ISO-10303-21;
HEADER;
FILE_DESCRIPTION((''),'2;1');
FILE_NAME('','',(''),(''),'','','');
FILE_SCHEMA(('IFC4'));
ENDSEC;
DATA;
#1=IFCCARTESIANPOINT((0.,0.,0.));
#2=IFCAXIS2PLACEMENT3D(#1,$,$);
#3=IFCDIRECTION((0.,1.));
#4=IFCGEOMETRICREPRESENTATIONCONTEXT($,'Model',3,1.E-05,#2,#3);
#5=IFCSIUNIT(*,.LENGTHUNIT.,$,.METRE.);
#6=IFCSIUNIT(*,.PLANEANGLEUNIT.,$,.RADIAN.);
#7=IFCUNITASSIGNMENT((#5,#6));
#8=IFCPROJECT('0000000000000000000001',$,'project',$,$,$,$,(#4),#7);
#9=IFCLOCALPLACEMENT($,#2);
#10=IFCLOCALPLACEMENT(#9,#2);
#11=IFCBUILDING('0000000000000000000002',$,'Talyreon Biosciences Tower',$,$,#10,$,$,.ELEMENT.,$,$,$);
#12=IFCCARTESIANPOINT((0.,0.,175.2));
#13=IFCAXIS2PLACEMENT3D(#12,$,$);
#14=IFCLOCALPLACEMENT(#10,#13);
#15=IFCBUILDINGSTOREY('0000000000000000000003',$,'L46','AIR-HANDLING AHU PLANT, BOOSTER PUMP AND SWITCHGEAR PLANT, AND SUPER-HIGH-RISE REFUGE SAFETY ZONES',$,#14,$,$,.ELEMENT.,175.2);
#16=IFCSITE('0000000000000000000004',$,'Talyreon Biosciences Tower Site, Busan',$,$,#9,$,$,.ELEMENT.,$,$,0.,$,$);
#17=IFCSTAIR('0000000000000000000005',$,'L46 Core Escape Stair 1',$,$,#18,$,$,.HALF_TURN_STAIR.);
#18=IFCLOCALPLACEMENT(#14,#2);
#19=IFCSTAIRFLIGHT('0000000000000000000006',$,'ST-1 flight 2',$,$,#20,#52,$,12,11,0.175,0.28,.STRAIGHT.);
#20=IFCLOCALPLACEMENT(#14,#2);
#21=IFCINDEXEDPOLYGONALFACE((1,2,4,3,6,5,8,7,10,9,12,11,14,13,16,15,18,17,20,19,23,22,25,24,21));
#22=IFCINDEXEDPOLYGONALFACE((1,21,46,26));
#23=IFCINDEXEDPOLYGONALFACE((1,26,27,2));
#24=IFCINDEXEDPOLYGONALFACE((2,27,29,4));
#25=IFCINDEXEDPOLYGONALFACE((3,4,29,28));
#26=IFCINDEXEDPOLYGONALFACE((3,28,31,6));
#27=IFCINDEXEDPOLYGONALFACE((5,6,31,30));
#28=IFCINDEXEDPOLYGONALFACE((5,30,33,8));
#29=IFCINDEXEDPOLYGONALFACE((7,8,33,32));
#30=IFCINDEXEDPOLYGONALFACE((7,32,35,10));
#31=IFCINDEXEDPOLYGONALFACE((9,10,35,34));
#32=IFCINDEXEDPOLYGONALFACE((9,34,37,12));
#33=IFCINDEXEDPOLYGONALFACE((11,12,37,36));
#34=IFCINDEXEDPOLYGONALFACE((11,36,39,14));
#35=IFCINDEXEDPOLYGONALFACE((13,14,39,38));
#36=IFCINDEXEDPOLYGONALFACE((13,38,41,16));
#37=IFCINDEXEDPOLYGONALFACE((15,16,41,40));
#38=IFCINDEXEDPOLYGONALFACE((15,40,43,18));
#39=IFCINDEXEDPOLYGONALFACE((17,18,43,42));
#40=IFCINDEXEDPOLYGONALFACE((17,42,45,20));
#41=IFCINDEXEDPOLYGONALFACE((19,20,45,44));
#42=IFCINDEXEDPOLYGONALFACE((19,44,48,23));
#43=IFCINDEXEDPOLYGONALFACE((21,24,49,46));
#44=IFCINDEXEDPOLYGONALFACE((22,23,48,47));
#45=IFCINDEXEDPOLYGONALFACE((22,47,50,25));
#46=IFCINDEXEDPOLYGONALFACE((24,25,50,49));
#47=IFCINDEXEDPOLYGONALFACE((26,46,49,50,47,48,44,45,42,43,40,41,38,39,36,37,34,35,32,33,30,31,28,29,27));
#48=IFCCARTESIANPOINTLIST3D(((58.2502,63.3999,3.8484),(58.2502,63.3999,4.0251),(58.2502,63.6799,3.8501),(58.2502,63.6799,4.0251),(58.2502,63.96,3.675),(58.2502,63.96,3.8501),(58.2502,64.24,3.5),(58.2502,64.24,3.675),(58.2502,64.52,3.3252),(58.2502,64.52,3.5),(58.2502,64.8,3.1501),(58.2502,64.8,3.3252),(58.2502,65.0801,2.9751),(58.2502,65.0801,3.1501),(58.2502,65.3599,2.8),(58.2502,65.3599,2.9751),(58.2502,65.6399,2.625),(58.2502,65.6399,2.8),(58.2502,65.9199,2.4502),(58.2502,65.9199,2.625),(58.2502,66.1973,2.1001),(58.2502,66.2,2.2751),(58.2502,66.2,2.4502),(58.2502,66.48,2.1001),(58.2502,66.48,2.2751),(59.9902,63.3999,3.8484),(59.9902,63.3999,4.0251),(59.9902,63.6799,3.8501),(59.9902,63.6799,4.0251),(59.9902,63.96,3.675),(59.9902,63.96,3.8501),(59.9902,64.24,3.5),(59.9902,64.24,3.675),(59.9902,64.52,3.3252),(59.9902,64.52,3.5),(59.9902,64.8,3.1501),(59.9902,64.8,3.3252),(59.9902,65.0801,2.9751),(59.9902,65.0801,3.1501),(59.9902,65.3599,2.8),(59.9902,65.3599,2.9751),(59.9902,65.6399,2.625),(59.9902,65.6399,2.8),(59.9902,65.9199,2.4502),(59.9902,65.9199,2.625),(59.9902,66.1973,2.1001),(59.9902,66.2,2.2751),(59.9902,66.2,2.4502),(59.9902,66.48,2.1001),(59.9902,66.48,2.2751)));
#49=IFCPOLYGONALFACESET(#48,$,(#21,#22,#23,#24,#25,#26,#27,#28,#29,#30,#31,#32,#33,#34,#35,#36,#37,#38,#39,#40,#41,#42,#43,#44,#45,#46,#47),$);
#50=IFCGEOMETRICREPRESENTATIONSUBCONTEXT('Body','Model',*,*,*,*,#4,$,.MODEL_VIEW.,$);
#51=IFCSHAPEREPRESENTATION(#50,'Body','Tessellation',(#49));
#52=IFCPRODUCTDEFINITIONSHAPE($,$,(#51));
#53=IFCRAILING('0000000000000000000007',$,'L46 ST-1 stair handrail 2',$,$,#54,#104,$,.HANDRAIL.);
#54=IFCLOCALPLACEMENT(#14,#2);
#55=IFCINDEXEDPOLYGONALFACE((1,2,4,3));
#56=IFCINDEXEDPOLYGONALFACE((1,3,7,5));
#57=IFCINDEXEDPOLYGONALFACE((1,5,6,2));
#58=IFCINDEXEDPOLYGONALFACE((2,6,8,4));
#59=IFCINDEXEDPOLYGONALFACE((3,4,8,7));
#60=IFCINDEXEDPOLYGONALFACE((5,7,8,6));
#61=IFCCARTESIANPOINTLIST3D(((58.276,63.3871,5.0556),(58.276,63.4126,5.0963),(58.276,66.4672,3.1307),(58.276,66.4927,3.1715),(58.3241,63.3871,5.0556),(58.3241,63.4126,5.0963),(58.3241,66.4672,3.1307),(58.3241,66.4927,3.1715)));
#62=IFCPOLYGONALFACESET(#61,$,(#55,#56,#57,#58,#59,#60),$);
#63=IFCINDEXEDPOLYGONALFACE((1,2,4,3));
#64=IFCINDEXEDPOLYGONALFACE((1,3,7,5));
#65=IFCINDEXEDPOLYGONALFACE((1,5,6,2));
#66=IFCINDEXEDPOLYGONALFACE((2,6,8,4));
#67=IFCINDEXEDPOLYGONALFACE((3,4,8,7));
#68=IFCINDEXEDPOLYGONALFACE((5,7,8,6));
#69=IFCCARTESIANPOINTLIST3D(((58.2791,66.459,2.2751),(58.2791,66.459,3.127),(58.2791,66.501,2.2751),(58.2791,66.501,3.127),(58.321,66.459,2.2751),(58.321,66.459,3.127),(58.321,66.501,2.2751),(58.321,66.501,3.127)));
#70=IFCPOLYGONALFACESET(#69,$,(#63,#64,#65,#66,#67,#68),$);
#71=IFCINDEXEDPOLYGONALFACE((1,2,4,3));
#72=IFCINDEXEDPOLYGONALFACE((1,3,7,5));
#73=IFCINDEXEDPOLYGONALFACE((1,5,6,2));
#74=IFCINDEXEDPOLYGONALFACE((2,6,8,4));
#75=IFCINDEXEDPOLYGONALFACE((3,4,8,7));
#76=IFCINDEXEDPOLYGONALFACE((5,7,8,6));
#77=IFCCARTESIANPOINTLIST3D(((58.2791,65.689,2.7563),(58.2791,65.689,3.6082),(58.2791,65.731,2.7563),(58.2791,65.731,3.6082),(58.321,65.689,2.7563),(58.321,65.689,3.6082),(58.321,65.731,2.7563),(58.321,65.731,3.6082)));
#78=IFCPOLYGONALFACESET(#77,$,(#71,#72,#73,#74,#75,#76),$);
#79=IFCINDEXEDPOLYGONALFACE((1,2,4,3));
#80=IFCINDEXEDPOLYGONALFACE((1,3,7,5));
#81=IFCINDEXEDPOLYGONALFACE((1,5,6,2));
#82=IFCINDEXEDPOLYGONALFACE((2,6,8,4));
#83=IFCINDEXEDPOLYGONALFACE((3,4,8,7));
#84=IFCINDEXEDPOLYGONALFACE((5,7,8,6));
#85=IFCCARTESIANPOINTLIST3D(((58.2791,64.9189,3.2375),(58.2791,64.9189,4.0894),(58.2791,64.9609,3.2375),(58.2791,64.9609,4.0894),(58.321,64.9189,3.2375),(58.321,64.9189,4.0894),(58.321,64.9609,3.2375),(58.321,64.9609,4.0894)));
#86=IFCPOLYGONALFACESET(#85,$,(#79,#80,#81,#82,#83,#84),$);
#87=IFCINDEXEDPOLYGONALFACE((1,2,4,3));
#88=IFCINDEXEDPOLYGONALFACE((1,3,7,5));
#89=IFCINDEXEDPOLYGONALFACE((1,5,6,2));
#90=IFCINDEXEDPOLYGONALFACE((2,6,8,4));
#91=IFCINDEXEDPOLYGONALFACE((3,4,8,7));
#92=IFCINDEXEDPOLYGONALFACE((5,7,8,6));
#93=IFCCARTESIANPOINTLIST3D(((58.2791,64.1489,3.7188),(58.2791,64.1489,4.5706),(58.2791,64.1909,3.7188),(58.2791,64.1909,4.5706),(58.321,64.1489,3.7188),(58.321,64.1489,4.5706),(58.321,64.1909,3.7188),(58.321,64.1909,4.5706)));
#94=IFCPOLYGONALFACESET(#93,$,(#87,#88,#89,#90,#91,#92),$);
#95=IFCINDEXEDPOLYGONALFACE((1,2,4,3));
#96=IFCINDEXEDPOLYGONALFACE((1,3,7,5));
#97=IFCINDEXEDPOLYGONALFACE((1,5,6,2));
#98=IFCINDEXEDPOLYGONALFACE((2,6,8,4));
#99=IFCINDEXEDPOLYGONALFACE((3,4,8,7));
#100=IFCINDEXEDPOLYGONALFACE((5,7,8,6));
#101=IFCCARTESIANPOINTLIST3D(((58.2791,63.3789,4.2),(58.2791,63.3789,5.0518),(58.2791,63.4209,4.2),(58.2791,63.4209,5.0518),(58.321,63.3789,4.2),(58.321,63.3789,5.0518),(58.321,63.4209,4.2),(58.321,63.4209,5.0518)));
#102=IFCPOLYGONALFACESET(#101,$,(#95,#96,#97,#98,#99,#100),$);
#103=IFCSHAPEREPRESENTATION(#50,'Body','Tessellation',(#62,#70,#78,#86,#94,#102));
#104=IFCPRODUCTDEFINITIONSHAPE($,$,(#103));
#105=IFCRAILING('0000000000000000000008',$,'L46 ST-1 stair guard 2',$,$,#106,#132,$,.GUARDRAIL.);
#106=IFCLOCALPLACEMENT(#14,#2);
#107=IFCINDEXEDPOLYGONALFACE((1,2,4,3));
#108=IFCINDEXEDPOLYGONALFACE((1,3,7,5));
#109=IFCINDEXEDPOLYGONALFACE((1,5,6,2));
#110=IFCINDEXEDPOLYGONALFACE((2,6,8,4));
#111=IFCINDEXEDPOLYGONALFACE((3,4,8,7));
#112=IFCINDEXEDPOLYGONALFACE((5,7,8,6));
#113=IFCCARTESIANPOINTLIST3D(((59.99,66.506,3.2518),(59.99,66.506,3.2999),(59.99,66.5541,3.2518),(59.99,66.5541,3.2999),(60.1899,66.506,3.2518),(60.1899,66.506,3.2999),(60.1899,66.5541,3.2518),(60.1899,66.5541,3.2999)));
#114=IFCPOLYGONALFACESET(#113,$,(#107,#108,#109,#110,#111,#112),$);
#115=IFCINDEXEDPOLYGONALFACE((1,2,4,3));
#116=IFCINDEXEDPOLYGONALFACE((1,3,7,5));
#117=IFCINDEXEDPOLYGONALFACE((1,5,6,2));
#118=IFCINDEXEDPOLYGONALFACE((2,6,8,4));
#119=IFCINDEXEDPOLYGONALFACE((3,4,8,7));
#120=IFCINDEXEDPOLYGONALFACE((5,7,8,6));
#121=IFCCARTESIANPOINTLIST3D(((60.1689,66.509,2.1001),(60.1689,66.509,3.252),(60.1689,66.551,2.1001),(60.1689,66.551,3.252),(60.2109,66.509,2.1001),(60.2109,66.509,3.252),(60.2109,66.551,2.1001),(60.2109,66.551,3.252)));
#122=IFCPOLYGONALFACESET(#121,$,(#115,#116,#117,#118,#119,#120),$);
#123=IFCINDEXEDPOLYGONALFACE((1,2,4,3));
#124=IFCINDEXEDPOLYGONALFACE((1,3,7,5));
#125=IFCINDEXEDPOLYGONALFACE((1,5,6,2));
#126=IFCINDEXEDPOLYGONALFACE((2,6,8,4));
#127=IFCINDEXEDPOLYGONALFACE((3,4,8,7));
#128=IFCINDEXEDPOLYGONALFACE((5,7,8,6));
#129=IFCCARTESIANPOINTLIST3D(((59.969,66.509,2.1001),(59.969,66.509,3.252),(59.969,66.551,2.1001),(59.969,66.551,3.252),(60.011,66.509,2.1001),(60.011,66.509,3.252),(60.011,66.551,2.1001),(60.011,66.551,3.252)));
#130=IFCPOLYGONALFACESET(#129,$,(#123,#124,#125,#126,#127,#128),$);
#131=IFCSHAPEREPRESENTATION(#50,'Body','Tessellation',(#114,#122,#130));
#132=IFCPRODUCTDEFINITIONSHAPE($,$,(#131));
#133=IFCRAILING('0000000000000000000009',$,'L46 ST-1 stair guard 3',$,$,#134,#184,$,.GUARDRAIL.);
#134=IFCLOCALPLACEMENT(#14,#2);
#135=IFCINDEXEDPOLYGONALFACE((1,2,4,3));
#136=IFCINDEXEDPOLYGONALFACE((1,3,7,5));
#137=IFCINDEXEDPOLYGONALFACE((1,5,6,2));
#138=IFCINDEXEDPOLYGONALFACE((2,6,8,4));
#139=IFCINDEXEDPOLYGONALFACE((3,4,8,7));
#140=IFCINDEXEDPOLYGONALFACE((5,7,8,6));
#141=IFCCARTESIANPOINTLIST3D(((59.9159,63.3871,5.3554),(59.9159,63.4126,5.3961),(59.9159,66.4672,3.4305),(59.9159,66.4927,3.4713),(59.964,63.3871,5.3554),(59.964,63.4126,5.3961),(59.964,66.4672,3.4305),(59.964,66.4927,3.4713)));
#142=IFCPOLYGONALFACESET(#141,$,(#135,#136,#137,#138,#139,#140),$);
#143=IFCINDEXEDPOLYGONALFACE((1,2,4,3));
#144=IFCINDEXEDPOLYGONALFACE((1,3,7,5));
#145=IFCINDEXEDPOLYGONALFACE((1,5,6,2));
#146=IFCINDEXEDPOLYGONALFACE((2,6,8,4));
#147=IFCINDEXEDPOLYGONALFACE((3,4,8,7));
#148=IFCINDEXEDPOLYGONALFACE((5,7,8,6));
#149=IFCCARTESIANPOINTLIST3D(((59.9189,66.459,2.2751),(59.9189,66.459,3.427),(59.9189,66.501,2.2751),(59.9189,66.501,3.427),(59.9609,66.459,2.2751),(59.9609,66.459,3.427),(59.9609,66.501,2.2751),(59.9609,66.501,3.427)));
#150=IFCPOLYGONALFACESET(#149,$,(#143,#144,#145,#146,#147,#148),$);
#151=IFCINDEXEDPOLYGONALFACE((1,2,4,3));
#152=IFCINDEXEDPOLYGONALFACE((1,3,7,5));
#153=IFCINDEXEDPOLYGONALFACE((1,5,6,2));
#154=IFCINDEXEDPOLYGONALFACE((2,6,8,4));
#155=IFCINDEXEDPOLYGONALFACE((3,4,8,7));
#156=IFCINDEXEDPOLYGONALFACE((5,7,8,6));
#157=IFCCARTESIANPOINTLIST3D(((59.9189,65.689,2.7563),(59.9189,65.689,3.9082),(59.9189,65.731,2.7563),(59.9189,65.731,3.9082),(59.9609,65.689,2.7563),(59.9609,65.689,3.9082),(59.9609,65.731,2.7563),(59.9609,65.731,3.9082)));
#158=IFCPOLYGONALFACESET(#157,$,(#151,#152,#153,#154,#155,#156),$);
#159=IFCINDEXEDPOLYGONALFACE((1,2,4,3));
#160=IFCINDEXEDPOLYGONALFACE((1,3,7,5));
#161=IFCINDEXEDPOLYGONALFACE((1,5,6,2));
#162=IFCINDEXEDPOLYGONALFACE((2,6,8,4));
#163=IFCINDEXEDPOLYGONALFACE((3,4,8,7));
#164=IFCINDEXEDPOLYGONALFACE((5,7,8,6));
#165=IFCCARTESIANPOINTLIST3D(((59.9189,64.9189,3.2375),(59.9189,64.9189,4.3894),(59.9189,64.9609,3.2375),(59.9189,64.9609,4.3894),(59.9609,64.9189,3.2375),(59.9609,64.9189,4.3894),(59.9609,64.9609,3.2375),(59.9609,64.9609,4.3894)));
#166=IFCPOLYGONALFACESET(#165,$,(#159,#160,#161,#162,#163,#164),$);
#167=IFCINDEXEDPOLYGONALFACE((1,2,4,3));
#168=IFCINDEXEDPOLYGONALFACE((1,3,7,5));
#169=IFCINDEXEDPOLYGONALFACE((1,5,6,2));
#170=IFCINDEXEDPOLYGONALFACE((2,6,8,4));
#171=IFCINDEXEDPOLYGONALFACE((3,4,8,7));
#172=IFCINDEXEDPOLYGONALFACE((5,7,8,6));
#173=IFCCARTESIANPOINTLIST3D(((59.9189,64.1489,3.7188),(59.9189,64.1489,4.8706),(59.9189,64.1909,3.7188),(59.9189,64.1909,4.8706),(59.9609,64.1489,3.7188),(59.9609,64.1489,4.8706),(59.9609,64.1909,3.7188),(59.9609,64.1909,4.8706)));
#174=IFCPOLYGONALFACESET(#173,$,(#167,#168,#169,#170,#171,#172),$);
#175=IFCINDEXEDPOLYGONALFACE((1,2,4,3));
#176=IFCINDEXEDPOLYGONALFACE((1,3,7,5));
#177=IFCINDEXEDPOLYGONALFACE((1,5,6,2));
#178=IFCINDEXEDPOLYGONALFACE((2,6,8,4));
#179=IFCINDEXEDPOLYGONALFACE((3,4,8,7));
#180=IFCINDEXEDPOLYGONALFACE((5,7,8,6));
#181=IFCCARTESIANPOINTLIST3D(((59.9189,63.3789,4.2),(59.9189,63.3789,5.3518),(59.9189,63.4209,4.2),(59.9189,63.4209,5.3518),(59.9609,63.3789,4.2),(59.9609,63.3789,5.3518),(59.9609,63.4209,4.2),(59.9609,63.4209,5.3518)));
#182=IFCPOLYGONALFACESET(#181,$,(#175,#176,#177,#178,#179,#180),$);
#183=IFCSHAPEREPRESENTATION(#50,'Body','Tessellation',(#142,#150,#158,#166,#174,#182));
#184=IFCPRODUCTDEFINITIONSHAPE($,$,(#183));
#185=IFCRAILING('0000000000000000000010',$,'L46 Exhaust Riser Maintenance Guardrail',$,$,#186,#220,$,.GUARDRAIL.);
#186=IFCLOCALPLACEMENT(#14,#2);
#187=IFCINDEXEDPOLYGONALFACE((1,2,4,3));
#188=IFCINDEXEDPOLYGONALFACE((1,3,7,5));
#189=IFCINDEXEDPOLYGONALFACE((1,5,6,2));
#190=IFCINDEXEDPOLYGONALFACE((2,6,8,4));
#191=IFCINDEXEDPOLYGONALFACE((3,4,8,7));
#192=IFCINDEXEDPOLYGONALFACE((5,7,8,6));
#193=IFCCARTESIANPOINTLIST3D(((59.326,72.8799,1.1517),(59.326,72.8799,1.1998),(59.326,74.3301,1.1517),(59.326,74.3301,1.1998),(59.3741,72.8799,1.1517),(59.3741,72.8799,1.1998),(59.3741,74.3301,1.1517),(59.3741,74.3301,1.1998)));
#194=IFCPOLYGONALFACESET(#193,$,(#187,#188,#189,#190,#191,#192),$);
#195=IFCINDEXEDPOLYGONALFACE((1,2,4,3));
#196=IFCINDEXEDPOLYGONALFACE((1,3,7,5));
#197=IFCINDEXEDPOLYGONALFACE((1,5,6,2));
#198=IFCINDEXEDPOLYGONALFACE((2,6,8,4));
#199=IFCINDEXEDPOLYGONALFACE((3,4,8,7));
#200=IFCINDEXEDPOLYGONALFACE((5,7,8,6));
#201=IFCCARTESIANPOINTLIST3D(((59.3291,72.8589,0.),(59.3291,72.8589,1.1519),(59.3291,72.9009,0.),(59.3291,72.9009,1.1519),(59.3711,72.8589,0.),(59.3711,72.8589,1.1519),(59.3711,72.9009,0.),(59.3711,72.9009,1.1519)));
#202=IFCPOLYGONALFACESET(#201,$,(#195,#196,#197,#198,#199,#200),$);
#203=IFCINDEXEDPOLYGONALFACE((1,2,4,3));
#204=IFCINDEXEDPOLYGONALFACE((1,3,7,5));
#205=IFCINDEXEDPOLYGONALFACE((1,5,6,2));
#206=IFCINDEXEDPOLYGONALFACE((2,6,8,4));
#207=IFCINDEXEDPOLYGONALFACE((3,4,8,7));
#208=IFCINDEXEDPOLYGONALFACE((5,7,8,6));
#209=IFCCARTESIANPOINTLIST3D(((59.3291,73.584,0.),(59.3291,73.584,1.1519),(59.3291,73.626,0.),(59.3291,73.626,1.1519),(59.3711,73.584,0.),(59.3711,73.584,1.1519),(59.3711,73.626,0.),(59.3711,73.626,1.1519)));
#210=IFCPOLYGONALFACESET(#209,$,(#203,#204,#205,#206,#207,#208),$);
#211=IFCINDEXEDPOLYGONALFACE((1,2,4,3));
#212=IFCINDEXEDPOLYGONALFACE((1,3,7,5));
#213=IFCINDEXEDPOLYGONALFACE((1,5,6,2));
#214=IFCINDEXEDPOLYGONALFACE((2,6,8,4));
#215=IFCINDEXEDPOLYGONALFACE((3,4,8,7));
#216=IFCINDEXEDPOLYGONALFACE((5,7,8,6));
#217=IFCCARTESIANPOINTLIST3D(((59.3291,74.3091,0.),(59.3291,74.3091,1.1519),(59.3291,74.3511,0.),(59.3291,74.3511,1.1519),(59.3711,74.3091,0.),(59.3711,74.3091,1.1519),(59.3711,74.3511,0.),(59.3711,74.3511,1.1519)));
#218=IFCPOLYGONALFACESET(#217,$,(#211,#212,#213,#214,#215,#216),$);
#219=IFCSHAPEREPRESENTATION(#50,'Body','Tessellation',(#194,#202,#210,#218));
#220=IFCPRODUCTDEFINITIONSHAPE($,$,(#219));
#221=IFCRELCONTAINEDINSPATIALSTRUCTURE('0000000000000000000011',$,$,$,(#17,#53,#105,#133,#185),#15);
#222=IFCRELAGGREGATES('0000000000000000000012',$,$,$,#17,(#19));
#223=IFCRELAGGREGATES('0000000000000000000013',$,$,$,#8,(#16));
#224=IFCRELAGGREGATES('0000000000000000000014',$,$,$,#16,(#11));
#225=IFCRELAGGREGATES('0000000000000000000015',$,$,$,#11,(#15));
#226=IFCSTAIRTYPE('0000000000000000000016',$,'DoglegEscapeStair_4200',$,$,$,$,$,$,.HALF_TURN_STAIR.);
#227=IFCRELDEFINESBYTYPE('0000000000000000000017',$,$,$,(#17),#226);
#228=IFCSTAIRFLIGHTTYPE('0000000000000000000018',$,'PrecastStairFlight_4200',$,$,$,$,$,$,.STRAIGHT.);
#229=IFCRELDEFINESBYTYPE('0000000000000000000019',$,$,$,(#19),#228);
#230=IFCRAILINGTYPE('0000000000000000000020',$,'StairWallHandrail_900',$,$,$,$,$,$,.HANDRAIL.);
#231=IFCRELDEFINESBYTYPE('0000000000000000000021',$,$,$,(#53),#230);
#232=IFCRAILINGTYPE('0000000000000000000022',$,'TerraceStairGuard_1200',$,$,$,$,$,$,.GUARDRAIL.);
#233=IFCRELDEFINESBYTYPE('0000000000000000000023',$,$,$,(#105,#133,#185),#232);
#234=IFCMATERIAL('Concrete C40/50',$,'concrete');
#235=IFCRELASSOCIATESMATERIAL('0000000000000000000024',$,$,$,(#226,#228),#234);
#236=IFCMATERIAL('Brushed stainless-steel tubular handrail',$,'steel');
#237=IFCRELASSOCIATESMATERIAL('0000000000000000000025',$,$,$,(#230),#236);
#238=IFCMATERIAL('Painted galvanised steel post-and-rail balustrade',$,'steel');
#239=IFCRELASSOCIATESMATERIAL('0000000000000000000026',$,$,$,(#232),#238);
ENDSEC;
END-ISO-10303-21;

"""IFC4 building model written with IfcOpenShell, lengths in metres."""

from ifc_helpers import new_model, si_unit, direction, frame, origin, origin_2d, place, context, subcontext, project, spatial, polyline, rectangle, outline, extrude, material, type_object, element, aggregate, save


model = new_model("IFC4")

# Units and contexts
model_context = context("Model", 3, precision=1e-05, world=origin(), true_north=direction((0.0, 1.0)))
body_context = subcontext(model_context, "Body", "Model", "MODEL_VIEW")
ifc_project = project(units=[si_unit("LENGTHUNIT", "METRE"), si_unit("PLANEANGLEUNIT", "RADIAN")], contexts=[model_context])

# Site, building, storey
site_placement = place(None, origin())
site = spatial("IfcSite", under=ifc_project, at=site_placement, Name="Talyreon Biosciences Tower Site, Busan", CompositionType="ELEMENT", RefElevation=0.0)
building_placement = place(site_placement, origin())
building = spatial("IfcBuilding", under=site, at=building_placement, Name="Talyreon Biosciences Tower", CompositionType="ELEMENT")
storey_placement = place(building_placement, frame((0.0, 0.0, 175.2)))
storey = spatial("IfcBuildingStorey", under=building, at=storey_placement, Name="L46", Description="AIR-HANDLING AHU PLANT, BOOSTER PUMP AND SWITCHGEAR PLANT, AND SUPER-HIGH-RISE REFUGE SAFETY ZONES", CompositionType="ELEMENT", Elevation=175.2)

# Stair, stair flight
ifc_material_1 = material(Name="Concrete C40/50", Category="concrete")
stair_type = type_object("IfcStairType", Name="DoglegEscapeStair_4200", PredefinedType="HALF_TURN_STAIR", material=ifc_material_1)
stair_placement = place(storey_placement, origin())
stair = element("IfcStair", 1, at=stair_placement, inside=storey, type_object=stair_type, Name="L46 Core Escape Stair 1", PredefinedType="HALF_TURN_STAIR")
stair_flight_type = type_object("IfcStairFlightType", Name="PrecastStairFlight_4200", PredefinedType="STRAIGHT", material=ifc_material_1)
stair_flight_placement = place(storey_placement, frame((59.1201, 66.48, 2.1001), z_axis=(0.0, 0.0, 1.0), x_axis=(0.0, -1.0, 0.0)))
stair_flight = element("IfcStairFlight", 2, at=stair_flight_placement, type_object=stair_flight_type, Name="ST-1 flight 2", NumberOfRisers=12, NumberOfTreads=11, PredefinedType="STRAIGHT", RiserHeight=0.175, TreadLength=0.28, context=body_context, shape_type="SweptSolid", body=[
    extrude(outline(polyline([(0.0, 0.0), (0.0, 0.175), (0.28, 0.175), (0.28, 0.3501), (0.5601, 0.3501), (0.5601, 0.5249), (0.8401, 0.5249), (0.8401, 0.7), (1.1201, 0.7), (1.1201, 0.875), (1.3999, 0.875), (1.3999, 1.05), (1.6799, 1.05), (1.6799, 1.2251), (1.96, 1.2251), (1.96, 1.3999), (2.24, 1.3999), (2.24, 1.575), (2.52, 1.575), (2.52, 1.75), (2.8, 1.75), (2.8, 1.925), (3.0801, 1.925), (3.0801, 2.1001), (3.0801, 1.7483), (0.2827, 0.0), (0.0, 0.0)])), frame((0.0, 0.8701, 0.0), z_axis=(0.0, -1.0, 0.0), x_axis=(1.0, 0.0, 0.0)), (0.0, 0.0, 1.0), 1.74),
])
aggregate(stair, [stair_flight])

# Railings
ifc_material_2 = material(Name="Brushed stainless-steel tubular handrail", Category="steel")
railing_type_1 = type_object("IfcRailingType", Name="StairWallHandrail_900", PredefinedType="HANDRAIL", material=ifc_material_2)
railing_1_placement = place(storey_placement, frame((58.3, 66.48, 2.2751)))
element("IfcRailing", 3, at=railing_1_placement, inside=storey, type_object=railing_type_1, Name="L46 ST-1 stair handrail 2", PredefinedType="HANDRAIL", context=body_context, shape_type="SweptSolid", body=[
    extrude(rectangle(XDim=0.0481, YDim=0.0481, at=origin_2d()), frame((0.0, 0.0, 0.876), z_axis=(0.0, -0.848029, 0.529951), x_axis=(1.0, 0.0, 0.0)), (0.0, 0.0, 1.0), 3.6321),
    extrude(rectangle(XDim=0.042, YDim=0.042, at=origin_2d()), origin(), (0.0, 0.0, 1.0), 0.8518),
    extrude(rectangle(XDim=0.042, YDim=0.042, at=origin_2d()), frame((0.0, -0.77, 0.4812)), (0.0, 0.0, 1.0), 0.8518),
    extrude(rectangle(XDim=0.042, YDim=0.042, at=origin_2d()), frame((0.0, -1.54, 0.9624)), (0.0, 0.0, 1.0), 0.8518),
    extrude(rectangle(XDim=0.042, YDim=0.042, at=origin_2d()), frame((0.0, -2.3101, 1.4436)), (0.0, 0.0, 1.0), 0.8518),
    extrude(rectangle(XDim=0.042, YDim=0.042, at=origin_2d()), frame((0.0, -3.0801, 1.9248)), (0.0, 0.0, 1.0), 0.8518),
])
ifc_material_3 = material(Name="Painted galvanised steel post-and-rail balustrade", Category="steel")
railing_type_2 = type_object("IfcRailingType", Name="TerraceStairGuard_1200", PredefinedType="GUARDRAIL", material=ifc_material_3)
railing_2_placement = place(storey_placement, frame((60.1899, 66.53, 2.1001)))
element("IfcRailing", 4, at=railing_2_placement, inside=storey, type_object=railing_type_2, Name="L46 ST-1 stair guard 2", PredefinedType="GUARDRAIL", context=body_context, shape_type="SweptSolid", body=[
    extrude(rectangle(XDim=0.0481, YDim=0.0481, at=origin_2d()), frame((0.0, 0.0, 1.1758), z_axis=(-1.0, 0.0, 0.0), x_axis=(0.0, -1.0, 0.0)), (0.0, 0.0, 1.0), 0.2),
    extrude(rectangle(XDim=0.042, YDim=0.042, at=origin_2d()), origin(), (0.0, 0.0, 1.0), 1.1519),
    extrude(rectangle(XDim=0.042, YDim=0.042, at=origin_2d()), frame((-0.2, 0.0, 0.0)), (0.0, 0.0, 1.0), 1.1519),
])
railing_3_placement = place(storey_placement, frame((59.9399, 66.48, 2.2751)))
element("IfcRailing", 5, at=railing_3_placement, inside=storey, type_object=railing_type_2, Name="L46 ST-1 stair guard 3", PredefinedType="GUARDRAIL", context=body_context, shape_type="SweptSolid", body=[
    extrude(rectangle(XDim=0.0481, YDim=0.0481, at=origin_2d()), frame((0.0, 0.0, 1.1758), z_axis=(0.0, -0.848029, 0.529951), x_axis=(1.0, 0.0, 0.0)), (0.0, 0.0, 1.0), 3.6321),
    extrude(rectangle(XDim=0.042, YDim=0.042, at=origin_2d()), origin(), (0.0, 0.0, 1.0), 1.1519),
    extrude(rectangle(XDim=0.042, YDim=0.042, at=origin_2d()), frame((0.0, -0.77, 0.4812)), (0.0, 0.0, 1.0), 1.1519),
    extrude(rectangle(XDim=0.042, YDim=0.042, at=origin_2d()), frame((0.0, -1.54, 0.9624)), (0.0, 0.0, 1.0), 1.1519),
    extrude(rectangle(XDim=0.042, YDim=0.042, at=origin_2d()), frame((0.0, -2.3101, 1.4436)), (0.0, 0.0, 1.0), 1.1519),
    extrude(rectangle(XDim=0.042, YDim=0.042, at=origin_2d()), frame((0.0, -3.0801, 1.9248)), (0.0, 0.0, 1.0), 1.1519),
])
railing_4_placement = place(storey_placement, frame((59.3501, 72.8799, 0.0)))
element("IfcRailing", 6, at=railing_4_placement, inside=storey, type_object=railing_type_2, Name="L46 Exhaust Riser Maintenance Guardrail", PredefinedType="GUARDRAIL", context=body_context, shape_type="SweptSolid", body=[
    extrude(rectangle(XDim=0.0481, YDim=0.0481, at=origin_2d()), frame((0.0, 0.0, 1.1758), z_axis=(0.0, 1.0, 0.0), x_axis=(-1.0, 0.0, 0.0)), (0.0, 0.0, 1.0), 1.4502),
    extrude(rectangle(XDim=0.042, YDim=0.042, at=origin_2d()), origin(), (0.0, 0.0, 1.0), 1.1519),
    extrude(rectangle(XDim=0.042, YDim=0.042, at=origin_2d()), frame((0.0, 0.7251, 0.0)), (0.0, 0.0, 1.0), 1.1519),
    extrude(rectangle(XDim=0.042, YDim=0.042, at=origin_2d()), frame((0.0, 1.4502, 0.0)), (0.0, 0.0, 1.0), 1.1519),
])

save(model, "model.ifc")
